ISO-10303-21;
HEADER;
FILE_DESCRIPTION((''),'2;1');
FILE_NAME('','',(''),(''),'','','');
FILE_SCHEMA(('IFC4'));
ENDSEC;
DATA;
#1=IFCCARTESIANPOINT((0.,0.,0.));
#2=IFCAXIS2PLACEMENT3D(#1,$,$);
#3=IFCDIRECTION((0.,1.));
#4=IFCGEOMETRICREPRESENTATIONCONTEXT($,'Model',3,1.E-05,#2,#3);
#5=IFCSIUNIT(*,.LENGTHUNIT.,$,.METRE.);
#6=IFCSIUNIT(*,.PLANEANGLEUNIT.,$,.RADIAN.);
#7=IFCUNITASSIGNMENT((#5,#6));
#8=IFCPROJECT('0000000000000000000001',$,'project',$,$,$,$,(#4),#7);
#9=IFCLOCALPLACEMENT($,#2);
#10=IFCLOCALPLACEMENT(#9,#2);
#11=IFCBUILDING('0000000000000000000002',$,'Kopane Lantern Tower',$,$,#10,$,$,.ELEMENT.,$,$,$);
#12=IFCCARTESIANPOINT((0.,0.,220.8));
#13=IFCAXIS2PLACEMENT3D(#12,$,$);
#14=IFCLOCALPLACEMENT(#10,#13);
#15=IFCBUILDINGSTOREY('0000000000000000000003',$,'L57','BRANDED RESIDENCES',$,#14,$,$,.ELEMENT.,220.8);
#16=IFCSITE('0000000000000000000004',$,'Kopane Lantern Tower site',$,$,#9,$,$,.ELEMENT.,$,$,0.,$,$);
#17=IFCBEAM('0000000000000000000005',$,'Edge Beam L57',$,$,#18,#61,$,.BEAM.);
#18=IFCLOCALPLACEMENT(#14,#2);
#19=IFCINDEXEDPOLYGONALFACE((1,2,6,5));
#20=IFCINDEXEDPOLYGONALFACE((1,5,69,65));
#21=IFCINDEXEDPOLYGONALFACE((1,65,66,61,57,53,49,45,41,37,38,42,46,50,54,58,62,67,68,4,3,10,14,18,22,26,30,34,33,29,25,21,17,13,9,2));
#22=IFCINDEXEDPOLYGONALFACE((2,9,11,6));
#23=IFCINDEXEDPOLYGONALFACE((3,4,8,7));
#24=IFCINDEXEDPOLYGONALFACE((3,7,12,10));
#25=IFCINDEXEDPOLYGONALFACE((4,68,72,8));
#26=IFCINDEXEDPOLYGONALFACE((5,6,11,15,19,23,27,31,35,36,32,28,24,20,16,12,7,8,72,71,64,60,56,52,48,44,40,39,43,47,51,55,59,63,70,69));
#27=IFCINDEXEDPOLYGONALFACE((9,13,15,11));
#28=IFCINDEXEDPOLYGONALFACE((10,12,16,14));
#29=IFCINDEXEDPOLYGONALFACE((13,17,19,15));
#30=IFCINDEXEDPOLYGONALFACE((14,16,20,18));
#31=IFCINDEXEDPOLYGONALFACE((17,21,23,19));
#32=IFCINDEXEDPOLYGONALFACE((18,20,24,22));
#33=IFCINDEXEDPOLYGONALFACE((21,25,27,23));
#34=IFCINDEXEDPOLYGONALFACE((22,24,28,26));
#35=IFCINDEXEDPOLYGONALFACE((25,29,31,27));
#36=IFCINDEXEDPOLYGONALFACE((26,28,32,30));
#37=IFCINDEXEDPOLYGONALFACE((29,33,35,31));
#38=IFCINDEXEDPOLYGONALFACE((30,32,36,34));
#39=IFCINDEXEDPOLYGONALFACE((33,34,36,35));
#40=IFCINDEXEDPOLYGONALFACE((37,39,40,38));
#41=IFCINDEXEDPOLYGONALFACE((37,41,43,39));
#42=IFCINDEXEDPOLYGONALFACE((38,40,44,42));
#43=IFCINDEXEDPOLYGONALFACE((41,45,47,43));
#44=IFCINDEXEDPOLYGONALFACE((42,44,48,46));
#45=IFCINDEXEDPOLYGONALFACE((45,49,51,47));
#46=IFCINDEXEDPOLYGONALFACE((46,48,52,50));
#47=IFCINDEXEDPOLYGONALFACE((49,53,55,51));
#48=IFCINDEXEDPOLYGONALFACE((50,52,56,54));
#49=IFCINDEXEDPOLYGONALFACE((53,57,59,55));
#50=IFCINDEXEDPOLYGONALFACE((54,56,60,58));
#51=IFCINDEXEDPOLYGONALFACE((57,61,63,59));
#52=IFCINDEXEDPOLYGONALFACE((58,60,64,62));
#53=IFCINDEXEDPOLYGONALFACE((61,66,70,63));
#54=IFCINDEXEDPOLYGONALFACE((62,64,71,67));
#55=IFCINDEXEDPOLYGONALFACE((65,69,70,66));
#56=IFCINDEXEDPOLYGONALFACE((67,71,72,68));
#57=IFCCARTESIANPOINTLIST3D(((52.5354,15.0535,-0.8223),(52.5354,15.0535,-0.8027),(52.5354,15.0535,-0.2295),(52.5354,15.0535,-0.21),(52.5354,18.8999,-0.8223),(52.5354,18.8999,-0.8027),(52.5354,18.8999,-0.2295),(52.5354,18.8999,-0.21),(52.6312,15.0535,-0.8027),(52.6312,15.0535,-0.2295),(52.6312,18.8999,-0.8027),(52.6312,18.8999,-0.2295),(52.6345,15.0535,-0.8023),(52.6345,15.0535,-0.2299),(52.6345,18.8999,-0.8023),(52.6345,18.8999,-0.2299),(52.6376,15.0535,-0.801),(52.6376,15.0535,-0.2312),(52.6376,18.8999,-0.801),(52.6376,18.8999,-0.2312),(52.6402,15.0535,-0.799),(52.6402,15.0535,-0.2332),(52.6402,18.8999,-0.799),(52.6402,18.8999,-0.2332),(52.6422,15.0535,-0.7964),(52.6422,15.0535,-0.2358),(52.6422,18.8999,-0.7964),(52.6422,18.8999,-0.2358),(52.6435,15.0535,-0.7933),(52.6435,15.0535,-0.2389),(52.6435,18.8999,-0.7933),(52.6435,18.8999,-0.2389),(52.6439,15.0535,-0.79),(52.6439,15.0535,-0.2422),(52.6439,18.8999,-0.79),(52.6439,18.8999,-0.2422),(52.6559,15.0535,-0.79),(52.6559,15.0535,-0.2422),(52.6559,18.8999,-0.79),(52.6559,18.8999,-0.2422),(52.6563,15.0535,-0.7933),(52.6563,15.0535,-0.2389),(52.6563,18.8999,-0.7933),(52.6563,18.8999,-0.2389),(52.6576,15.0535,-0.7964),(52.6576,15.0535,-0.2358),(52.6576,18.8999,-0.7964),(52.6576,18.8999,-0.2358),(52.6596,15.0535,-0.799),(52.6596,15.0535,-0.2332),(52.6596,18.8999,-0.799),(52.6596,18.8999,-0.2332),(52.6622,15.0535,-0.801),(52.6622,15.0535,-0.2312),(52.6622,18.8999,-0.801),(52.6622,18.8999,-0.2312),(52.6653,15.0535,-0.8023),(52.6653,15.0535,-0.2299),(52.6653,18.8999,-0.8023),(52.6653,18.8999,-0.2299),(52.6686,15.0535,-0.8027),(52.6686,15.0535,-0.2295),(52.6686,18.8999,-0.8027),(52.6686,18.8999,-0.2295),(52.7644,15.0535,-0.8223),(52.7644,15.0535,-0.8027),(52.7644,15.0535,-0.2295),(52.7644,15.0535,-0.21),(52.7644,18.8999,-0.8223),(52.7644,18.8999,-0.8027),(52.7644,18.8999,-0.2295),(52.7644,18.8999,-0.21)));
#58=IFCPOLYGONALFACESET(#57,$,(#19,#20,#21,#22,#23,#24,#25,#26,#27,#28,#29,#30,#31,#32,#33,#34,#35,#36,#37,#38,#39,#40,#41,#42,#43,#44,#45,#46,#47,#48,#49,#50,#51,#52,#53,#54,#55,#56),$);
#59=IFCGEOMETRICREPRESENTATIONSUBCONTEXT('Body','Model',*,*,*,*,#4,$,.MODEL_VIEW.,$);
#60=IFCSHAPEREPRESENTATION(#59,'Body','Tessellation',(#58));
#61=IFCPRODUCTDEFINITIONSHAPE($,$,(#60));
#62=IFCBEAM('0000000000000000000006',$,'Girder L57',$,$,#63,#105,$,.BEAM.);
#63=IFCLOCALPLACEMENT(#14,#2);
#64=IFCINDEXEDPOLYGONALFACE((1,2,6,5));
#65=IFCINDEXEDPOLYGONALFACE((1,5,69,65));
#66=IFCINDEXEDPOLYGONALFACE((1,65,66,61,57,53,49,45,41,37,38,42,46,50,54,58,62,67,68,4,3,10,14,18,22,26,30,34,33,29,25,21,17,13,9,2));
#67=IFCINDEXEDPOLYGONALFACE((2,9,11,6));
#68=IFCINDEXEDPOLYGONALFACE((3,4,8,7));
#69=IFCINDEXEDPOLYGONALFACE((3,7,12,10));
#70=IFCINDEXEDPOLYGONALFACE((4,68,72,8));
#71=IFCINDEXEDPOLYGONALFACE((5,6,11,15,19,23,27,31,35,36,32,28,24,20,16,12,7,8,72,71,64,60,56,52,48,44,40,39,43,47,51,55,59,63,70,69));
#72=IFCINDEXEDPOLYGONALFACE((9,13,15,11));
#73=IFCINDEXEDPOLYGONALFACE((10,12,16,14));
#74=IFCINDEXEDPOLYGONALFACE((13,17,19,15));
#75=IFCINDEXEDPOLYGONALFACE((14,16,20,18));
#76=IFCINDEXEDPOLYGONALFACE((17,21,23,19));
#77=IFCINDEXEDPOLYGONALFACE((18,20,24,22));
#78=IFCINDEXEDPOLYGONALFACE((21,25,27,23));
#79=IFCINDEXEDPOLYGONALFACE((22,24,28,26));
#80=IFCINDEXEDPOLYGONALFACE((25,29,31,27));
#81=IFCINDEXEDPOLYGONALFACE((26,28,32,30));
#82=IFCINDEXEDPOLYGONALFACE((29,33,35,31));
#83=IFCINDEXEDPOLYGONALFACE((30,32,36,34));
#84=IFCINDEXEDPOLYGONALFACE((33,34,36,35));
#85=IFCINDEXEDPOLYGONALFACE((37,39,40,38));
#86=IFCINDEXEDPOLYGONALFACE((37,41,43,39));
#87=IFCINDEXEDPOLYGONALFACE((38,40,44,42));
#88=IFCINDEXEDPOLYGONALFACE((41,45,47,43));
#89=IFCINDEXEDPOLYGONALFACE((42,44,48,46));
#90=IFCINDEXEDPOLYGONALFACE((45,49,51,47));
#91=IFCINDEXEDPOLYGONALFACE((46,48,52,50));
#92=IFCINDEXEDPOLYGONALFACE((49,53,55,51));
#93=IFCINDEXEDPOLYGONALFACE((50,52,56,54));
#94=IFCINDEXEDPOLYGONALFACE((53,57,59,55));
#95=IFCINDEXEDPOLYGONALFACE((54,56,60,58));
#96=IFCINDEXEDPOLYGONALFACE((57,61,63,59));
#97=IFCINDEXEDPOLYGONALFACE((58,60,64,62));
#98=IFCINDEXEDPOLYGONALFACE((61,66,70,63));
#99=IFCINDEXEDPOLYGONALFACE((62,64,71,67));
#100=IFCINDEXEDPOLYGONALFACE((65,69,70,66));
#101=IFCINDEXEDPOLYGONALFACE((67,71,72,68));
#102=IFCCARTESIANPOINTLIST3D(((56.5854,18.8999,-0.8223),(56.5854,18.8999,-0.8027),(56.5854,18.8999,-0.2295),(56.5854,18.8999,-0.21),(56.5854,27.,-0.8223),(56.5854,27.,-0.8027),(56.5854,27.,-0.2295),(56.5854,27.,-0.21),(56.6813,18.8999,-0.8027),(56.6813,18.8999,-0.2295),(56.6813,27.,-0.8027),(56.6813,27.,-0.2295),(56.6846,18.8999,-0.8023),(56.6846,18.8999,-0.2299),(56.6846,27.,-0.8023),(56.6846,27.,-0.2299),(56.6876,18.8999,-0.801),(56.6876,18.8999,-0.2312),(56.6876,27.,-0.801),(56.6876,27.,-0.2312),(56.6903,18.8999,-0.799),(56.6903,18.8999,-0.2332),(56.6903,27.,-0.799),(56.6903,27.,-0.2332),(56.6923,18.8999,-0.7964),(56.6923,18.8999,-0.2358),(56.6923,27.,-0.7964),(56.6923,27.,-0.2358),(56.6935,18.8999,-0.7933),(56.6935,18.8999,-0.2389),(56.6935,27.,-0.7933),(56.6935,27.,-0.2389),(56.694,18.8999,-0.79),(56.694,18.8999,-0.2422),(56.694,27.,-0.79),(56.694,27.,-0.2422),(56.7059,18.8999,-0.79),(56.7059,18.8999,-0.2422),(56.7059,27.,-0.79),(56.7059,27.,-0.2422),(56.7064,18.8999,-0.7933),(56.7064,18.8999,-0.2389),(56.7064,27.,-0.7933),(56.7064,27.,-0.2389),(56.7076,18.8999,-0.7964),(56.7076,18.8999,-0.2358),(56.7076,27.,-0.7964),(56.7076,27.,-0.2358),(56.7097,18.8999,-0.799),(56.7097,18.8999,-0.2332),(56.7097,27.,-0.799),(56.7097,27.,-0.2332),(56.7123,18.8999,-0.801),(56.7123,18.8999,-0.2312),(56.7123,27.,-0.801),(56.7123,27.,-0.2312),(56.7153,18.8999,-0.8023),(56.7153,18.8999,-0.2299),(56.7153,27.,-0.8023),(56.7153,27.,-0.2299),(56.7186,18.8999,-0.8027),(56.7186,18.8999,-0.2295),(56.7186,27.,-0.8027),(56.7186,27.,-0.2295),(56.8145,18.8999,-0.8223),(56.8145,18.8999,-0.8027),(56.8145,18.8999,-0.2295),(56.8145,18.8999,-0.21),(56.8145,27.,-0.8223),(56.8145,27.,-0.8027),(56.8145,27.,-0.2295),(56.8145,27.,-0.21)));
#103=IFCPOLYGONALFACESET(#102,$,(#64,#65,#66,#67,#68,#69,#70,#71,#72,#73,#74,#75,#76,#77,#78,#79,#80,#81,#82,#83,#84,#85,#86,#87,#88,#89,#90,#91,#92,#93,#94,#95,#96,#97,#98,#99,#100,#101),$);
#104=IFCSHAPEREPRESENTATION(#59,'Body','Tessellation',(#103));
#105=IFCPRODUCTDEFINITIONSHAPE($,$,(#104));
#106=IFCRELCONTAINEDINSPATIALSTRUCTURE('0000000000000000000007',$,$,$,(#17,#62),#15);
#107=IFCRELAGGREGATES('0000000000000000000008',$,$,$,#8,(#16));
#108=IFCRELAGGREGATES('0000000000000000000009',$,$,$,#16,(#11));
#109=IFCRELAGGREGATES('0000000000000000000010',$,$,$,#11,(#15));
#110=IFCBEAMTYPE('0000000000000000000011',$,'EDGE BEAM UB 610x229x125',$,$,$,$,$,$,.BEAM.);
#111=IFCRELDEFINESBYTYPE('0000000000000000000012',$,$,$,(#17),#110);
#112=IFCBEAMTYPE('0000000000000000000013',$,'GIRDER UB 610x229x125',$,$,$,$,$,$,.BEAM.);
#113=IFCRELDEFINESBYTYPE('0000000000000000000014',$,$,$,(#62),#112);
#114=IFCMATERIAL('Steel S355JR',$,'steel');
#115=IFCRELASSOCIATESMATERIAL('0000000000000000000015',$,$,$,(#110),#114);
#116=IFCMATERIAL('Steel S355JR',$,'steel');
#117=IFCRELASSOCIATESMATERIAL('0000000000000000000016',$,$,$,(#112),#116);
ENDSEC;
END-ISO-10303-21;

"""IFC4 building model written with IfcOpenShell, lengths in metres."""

from ifc_helpers import new_model, si_unit, direction, frame, origin, origin_2d, place, context, subcontext, project, spatial, i_section, extrude, material, material_profile, profile_set, type_object, element, save


model = new_model("IFC4")

# Units and contexts
model_context = context("Model", 3, precision=1e-05, world=origin(), true_north=direction((0.0, 1.0)))
body_context = subcontext(model_context, "Body", "Model", "MODEL_VIEW")
ifc_project = project(units=[si_unit("LENGTHUNIT", "METRE"), si_unit("PLANEANGLEUNIT", "RADIAN")], contexts=[model_context])

# Site, building, storey
site_placement = place(None, origin())
site = spatial("IfcSite", under=ifc_project, at=site_placement, Name="Kopane Lantern Tower site", CompositionType="ELEMENT", RefElevation=0.0)
building_placement = place(site_placement, origin())
building = spatial("IfcBuilding", under=site, at=building_placement, Name="Kopane Lantern Tower", CompositionType="ELEMENT")
storey_placement = place(building_placement, frame((0.0, 0.0, 220.8)))
storey = spatial("IfcBuildingStorey", under=building, at=storey_placement, Name="L57", Description="BRANDED RESIDENCES", CompositionType="ELEMENT", Elevation=220.8)

# Beams
ifc_material_1 = material(Name="Steel S355JR", Category="steel")
ifc_material_profile_1 = material_profile(ifc_material_1, i_section(OverallWidth=0.229, OverallDepth=0.6123, WebThickness=0.012, FlangeThickness=0.0195, FilletRadius=0.0127, at=origin_2d()), Name="UB 610x229x125")
ifc_profile_set_1 = profile_set([ifc_material_profile_1], Name="Steel S355JR")
beam_type_1 = type_object("IfcBeamType", Name="EDGE BEAM UB 610x229x125", PredefinedType="BEAM", material=ifc_profile_set_1)
for number, where, z_axis, x_axis, name in (
    (1, (52.6499, 15.0535, -0.5161), (0.0, 1.0, 0.0), (-1.0, 0.0, 0.0), "Edge Beam L57"),
):
    element("IfcBeam", number, at=place(storey_placement, frame(where, z_axis=z_axis, x_axis=x_axis)), inside=storey, type_object=beam_type_1, Name=name, PredefinedType="BEAM", context=body_context, shape_type="SweptSolid", body=[
        extrude(i_section(OverallWidth=0.229, OverallDepth=0.6123, WebThickness=0.012, FlangeThickness=0.0195, FilletRadius=0.0127, at=origin_2d()), origin(), (0.0, 0.0, 1.0), 3.8464),
    ])
ifc_material_2 = material(Name="Steel S355JR", Category="steel")
ifc_material_profile_2 = material_profile(ifc_material_2, i_section(OverallWidth=0.229, OverallDepth=0.6123, WebThickness=0.012, FlangeThickness=0.0195, FilletRadius=0.0127, at=origin_2d()), Name="UB 610x229x125")
ifc_profile_set_2 = profile_set([ifc_material_profile_2], Name="Steel S355JR")
beam_type_2 = type_object("IfcBeamType", Name="GIRDER UB 610x229x125", PredefinedType="BEAM", material=ifc_profile_set_2)
beam_1_placement = place(storey_placement, frame((56.7, 18.8999, -0.5161), z_axis=(0.0, 1.0, 0.0), x_axis=(-1.0, 0.0, 0.0)))
element("IfcBeam", 2, at=beam_1_placement, inside=storey, type_object=beam_type_2, Name="Girder L57", PredefinedType="BEAM", context=body_context, shape_type="SweptSolid", body=[
    extrude(i_section(OverallWidth=0.229, OverallDepth=0.6123, WebThickness=0.012, FlangeThickness=0.0195, FilletRadius=0.0127, at=origin_2d()), origin(), (0.0, 0.0, 1.0), 8.1001),
])

save(model, "model.ifc")
